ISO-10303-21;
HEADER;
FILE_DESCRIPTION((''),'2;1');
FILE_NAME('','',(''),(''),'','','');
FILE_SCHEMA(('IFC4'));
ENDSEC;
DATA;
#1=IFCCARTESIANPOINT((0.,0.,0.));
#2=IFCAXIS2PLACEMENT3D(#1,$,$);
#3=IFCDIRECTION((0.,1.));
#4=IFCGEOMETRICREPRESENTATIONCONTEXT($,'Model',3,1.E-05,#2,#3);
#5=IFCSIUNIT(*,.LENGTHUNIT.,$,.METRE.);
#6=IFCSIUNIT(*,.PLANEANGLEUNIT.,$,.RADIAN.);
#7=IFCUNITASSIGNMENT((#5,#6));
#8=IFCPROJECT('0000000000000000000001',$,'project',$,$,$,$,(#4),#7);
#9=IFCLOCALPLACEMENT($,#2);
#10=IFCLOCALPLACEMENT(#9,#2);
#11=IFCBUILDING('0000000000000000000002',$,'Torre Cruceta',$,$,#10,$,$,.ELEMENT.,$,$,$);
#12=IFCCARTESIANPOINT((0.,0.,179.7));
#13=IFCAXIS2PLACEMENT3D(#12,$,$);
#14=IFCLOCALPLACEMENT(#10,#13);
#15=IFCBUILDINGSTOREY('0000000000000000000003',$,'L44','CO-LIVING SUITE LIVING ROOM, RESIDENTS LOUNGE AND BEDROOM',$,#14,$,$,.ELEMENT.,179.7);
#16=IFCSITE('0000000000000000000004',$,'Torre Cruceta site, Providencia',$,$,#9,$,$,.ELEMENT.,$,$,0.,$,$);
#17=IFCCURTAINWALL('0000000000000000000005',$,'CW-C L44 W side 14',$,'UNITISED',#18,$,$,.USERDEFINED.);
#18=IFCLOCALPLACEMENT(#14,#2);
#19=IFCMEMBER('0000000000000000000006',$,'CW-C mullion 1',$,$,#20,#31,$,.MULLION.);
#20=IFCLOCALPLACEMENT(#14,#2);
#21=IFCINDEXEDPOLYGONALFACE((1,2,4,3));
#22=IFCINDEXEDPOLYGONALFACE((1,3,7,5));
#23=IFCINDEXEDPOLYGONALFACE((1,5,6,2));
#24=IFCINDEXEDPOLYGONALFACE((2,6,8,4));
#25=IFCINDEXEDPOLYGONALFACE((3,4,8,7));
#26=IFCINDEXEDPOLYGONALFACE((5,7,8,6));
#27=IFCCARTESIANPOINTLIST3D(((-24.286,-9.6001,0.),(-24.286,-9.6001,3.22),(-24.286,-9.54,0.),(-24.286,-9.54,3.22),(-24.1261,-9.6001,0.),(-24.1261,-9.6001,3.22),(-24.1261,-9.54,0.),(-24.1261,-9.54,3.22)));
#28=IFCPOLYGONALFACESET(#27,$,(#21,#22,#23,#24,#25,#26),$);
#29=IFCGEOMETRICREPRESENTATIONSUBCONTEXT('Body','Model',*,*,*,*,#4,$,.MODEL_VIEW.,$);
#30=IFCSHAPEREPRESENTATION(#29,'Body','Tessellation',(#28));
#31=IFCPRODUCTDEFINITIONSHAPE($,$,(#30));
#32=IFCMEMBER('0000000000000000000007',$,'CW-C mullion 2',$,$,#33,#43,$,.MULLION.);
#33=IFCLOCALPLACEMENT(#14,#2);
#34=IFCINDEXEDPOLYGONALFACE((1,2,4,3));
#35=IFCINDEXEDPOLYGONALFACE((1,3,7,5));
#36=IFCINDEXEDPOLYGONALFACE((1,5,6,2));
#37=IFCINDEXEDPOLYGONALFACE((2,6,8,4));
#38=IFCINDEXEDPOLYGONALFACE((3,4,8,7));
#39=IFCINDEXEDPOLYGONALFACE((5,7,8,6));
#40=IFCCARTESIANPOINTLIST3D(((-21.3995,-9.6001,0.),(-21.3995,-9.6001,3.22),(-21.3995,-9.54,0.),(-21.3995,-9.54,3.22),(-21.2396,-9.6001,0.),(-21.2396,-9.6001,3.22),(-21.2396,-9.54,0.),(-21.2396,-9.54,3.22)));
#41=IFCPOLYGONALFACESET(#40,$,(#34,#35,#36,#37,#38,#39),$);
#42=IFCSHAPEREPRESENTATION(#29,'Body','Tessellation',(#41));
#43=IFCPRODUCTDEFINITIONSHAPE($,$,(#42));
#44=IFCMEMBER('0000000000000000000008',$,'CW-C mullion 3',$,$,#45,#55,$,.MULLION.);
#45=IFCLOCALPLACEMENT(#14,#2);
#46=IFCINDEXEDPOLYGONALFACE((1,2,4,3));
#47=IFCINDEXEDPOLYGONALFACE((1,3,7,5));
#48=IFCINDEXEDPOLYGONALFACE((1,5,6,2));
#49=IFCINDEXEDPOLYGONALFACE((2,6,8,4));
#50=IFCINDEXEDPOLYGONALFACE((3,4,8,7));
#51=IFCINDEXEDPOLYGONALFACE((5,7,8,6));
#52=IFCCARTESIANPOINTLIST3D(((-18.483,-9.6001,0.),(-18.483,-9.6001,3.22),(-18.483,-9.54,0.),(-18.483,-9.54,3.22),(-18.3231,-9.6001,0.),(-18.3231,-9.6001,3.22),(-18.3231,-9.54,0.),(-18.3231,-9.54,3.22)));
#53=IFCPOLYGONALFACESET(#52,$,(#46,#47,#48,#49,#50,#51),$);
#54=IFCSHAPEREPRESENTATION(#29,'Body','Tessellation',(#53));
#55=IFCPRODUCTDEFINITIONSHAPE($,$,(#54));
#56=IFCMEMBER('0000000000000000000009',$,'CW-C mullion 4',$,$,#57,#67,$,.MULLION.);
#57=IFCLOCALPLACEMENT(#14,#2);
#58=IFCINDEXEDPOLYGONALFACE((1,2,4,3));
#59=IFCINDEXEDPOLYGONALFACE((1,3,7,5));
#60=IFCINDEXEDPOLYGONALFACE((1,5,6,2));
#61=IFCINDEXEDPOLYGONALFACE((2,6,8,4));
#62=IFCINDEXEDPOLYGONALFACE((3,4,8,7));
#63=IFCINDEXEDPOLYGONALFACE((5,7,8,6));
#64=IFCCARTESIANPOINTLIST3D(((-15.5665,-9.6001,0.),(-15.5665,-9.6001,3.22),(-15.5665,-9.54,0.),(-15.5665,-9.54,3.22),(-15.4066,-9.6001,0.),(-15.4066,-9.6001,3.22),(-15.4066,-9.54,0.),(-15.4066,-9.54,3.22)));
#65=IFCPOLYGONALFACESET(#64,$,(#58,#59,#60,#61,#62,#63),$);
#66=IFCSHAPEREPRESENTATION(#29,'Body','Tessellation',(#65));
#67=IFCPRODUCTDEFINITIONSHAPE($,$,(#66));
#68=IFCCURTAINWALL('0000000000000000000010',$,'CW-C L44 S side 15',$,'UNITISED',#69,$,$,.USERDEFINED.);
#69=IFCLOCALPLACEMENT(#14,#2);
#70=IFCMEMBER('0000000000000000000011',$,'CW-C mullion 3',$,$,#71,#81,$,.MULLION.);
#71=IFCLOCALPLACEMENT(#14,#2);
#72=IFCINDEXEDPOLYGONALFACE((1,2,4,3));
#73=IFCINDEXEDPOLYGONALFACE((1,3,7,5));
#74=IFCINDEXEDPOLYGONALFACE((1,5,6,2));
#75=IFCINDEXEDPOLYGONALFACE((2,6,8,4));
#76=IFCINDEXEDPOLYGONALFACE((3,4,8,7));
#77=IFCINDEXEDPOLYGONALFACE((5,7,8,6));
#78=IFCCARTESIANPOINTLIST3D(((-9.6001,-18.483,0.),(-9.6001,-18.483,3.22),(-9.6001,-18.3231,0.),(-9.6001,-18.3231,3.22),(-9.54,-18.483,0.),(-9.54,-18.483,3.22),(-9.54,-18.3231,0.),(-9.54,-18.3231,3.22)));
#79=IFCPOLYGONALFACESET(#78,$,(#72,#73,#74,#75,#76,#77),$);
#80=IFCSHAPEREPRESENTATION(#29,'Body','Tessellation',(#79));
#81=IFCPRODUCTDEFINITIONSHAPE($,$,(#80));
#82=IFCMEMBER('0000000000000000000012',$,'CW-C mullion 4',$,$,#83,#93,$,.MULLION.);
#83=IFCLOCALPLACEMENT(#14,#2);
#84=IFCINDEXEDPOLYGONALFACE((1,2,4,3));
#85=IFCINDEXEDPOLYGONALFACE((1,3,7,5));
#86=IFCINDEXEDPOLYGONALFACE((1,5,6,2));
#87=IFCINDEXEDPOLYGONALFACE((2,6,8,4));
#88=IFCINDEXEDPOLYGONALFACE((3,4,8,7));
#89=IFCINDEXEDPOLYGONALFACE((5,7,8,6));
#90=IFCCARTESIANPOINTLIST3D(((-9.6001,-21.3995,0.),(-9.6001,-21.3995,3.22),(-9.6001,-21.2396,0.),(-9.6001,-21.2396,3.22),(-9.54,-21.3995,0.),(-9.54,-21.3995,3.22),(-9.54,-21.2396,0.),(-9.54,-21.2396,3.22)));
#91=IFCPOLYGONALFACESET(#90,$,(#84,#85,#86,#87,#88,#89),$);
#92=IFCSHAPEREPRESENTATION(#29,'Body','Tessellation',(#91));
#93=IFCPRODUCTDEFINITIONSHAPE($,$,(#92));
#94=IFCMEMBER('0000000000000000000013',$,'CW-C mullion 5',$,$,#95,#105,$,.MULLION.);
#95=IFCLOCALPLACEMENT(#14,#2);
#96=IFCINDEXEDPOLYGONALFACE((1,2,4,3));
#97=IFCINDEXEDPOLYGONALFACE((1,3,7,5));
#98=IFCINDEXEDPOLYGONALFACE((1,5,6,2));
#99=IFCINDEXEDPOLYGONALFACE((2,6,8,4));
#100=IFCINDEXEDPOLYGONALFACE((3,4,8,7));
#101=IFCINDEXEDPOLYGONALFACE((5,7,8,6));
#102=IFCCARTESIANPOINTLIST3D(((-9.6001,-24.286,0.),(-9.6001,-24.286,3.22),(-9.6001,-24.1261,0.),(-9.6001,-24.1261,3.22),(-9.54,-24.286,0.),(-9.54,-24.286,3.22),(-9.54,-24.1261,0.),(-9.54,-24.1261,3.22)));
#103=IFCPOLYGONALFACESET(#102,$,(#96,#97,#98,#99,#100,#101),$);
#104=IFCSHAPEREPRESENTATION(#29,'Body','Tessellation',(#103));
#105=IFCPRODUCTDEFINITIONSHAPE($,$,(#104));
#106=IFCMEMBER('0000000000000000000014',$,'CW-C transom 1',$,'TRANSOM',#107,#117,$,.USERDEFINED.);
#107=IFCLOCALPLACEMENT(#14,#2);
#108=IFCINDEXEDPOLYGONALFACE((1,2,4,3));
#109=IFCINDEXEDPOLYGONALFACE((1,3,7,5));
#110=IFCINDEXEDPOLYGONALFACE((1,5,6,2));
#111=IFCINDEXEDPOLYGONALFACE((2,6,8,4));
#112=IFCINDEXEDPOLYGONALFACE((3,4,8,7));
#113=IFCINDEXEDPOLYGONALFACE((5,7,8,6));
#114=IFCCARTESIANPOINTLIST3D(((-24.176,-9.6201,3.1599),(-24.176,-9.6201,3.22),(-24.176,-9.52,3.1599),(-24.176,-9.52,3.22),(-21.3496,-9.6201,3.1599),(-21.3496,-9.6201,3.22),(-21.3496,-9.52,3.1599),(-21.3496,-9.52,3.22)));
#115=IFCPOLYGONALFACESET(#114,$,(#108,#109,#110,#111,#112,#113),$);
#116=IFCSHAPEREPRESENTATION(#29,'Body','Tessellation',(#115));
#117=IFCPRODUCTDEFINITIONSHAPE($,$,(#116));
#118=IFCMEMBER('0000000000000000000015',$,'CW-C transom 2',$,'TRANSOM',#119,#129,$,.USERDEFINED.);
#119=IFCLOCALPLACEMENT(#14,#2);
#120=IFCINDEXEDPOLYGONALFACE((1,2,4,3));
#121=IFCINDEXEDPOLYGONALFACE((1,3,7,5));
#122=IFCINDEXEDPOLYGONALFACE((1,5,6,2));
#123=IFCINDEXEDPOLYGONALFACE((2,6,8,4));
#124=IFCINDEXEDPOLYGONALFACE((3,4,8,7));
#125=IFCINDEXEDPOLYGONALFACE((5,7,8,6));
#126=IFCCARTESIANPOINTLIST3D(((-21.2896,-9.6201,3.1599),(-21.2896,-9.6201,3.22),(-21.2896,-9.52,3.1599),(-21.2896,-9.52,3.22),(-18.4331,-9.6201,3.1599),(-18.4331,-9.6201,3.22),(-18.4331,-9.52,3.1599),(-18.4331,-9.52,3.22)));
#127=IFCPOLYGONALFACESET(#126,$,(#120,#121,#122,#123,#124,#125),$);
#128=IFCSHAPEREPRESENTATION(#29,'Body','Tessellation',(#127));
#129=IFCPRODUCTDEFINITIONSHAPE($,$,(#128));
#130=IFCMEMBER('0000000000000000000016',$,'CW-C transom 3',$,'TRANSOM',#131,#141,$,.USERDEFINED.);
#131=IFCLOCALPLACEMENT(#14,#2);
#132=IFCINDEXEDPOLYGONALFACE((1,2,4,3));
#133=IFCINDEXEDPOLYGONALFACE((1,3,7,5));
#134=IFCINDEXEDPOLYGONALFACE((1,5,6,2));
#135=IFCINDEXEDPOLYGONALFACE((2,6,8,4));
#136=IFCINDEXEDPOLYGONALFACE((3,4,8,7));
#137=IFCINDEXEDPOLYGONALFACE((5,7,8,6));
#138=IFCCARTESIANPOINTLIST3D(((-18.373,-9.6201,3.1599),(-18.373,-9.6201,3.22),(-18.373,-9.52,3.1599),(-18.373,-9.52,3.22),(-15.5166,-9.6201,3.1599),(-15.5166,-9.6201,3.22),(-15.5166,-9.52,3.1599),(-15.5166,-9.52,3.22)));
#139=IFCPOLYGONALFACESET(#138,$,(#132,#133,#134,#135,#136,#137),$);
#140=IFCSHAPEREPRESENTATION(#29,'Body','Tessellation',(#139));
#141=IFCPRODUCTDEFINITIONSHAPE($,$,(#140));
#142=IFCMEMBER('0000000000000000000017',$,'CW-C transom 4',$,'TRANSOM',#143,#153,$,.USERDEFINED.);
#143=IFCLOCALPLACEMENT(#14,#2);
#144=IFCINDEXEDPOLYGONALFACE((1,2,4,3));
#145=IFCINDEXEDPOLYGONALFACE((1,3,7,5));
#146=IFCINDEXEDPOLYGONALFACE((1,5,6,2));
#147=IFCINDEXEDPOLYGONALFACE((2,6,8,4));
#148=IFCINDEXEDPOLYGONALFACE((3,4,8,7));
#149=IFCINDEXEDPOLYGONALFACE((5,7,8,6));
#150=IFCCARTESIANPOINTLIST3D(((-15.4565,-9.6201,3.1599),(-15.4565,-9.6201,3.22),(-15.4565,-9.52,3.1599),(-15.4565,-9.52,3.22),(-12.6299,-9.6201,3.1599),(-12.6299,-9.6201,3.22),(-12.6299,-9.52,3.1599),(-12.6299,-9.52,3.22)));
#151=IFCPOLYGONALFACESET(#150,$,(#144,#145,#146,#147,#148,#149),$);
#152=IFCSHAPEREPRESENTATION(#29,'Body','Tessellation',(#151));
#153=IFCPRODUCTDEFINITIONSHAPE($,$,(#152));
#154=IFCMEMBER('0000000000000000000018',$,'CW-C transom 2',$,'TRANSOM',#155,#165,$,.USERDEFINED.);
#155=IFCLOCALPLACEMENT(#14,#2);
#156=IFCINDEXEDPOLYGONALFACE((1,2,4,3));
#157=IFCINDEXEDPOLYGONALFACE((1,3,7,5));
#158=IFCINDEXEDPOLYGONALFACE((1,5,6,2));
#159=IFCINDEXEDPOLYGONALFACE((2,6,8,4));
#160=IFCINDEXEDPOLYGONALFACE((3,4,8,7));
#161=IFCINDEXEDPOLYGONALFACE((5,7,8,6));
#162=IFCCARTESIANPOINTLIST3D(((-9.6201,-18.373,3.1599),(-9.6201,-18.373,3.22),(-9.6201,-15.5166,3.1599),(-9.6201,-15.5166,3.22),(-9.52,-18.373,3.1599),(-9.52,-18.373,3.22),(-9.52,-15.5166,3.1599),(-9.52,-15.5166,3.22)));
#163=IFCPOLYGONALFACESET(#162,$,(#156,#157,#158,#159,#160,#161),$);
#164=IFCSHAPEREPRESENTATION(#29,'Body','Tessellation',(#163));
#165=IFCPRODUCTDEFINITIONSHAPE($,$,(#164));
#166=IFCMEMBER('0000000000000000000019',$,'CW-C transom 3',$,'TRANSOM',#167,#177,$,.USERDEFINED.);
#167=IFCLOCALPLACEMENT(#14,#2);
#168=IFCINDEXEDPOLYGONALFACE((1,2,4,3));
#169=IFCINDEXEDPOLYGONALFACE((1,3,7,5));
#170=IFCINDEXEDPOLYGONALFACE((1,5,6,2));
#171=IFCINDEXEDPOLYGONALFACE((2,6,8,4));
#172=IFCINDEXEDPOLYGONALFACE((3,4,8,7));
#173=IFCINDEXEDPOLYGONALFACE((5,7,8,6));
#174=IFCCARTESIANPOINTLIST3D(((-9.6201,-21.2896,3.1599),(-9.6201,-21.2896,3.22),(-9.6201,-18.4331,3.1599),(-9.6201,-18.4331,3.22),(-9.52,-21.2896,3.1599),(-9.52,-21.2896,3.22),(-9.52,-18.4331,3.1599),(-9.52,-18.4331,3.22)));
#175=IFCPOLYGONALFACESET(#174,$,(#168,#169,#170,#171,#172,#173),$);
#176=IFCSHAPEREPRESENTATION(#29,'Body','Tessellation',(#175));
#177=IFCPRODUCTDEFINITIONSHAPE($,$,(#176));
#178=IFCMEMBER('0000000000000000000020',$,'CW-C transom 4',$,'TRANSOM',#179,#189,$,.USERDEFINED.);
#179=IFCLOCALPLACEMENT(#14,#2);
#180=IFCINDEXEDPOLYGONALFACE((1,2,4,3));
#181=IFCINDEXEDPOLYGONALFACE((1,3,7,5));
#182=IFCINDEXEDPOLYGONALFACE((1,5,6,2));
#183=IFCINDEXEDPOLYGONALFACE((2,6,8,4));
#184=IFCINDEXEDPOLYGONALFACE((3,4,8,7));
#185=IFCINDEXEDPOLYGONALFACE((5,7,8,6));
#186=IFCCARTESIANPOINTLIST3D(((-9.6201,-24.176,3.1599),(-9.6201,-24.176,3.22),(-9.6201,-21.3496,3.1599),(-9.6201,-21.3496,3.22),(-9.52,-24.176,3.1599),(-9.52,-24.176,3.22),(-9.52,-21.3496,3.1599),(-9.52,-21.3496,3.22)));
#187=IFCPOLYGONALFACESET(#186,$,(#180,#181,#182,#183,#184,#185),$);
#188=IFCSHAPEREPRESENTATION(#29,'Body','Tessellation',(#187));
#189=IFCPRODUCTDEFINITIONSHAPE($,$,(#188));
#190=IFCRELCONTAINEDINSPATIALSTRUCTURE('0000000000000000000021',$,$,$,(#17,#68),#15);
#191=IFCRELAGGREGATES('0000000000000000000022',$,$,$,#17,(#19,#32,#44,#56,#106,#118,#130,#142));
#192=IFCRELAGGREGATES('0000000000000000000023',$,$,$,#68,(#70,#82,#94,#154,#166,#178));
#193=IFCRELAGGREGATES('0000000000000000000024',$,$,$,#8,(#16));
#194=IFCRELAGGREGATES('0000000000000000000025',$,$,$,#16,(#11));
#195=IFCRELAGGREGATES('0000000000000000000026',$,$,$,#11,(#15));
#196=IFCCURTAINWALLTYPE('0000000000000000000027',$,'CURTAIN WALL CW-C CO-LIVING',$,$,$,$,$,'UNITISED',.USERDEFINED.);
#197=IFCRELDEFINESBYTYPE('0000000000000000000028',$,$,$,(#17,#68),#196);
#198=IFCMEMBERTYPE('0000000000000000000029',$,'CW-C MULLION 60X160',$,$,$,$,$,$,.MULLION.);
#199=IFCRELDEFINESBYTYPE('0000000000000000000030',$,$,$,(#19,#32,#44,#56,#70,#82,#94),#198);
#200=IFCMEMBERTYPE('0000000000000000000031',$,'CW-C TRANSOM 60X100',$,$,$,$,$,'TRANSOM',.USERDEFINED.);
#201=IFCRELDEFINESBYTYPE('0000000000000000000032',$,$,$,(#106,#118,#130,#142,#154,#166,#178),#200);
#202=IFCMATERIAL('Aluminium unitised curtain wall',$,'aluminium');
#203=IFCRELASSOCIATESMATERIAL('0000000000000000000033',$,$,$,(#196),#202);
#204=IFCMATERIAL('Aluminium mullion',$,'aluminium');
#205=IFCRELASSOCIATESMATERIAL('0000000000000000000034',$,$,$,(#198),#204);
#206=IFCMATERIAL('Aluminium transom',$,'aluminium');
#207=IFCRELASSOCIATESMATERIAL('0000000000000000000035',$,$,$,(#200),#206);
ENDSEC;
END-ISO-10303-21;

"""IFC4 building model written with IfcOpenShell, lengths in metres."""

from ifc_helpers import new_model, si_unit, direction, frame, origin, origin_2d, place, context, subcontext, project, spatial, rectangle, extrude, material, material_profile, profile_set, type_object, element, aggregate, save


model = new_model("IFC4")

# Units and contexts
model_context = context("Model", 3, precision=1e-05, world=origin(), true_north=direction((0.0, 1.0)))
body_context = subcontext(model_context, "Body", "Model", "MODEL_VIEW")
ifc_project = project(units=[si_unit("LENGTHUNIT", "METRE"), si_unit("PLANEANGLEUNIT", "RADIAN")], contexts=[model_context])

# Site, building, storey
site_placement = place(None, origin())
site = spatial("IfcSite", under=ifc_project, at=site_placement, Name="Torre Cruceta site, Providencia", CompositionType="ELEMENT", RefElevation=0.0)
building_placement = place(site_placement, origin())
building = spatial("IfcBuilding", under=site, at=building_placement, Name="Torre Cruceta", CompositionType="ELEMENT")
storey_placement = place(building_placement, frame((0.0, 0.0, 179.7)))
storey = spatial("IfcBuildingStorey", under=building, at=storey_placement, Name="L44", Description="CO-LIVING SUITE LIVING ROOM, RESIDENTS LOUNGE AND BEDROOM", CompositionType="ELEMENT", Elevation=179.7)

# Curtain walls, members
ifc_material_1 = material(Name="Aluminium unitised curtain wall", Category="aluminium")
curtain_wall_type = type_object("IfcCurtainWallType", Name="CURTAIN WALL CW-C CO-LIVING", ElementType="UNITISED", PredefinedType="USERDEFINED", material=ifc_material_1)
curtain_wall_1_placement = place(storey_placement, origin())
curtain_wall_1 = element("IfcCurtainWall", 1, at=curtain_wall_1_placement, inside=storey, type_object=curtain_wall_type, Name="CW-C L44 W side 14", ObjectType="UNITISED", PredefinedType="USERDEFINED")
ifc_material_2 = material(Name="Aluminium mullion", Category="aluminium")
ifc_material_profile_1 = material_profile(ifc_material_2, rectangle(XDim=0.0601, YDim=0.1599, at=origin_2d()), Name="AL 60X160")
ifc_profile_set_1 = profile_set([ifc_material_profile_1], Name="Aluminium mullion")
member_type_1 = type_object("IfcMemberType", Name="CW-C MULLION 60X160", PredefinedType="MULLION", material=ifc_profile_set_1)
member_1_placement = place(storey_placement, frame((-24.2061, -9.5701, 0.0), z_axis=(0.0, 0.0, 1.0), x_axis=(0.0, 1.0, 0.0)))
member_1 = element("IfcMember", 2, at=member_1_placement, type_object=member_type_1, Name="CW-C mullion 1", PredefinedType="MULLION", context=body_context, shape_type="SweptSolid", body=[
    extrude(rectangle(XDim=0.0601, YDim=0.1599, at=origin_2d()), origin(), (0.0, 0.0, 1.0), 3.22),
])
member_2_placement = place(storey_placement, frame((-21.3196, -9.5701, 0.0), z_axis=(0.0, 0.0, 1.0), x_axis=(0.0, 1.0, 0.0)))
member_2 = element("IfcMember", 3, at=member_2_placement, type_object=member_type_1, Name="CW-C mullion 2", PredefinedType="MULLION", context=body_context, shape_type="SweptSolid", body=[
    extrude(rectangle(XDim=0.0601, YDim=0.1599, at=origin_2d()), origin(), (0.0, 0.0, 1.0), 3.22),
])
member_3_placement = place(storey_placement, frame((-18.4031, -9.5701, 0.0), z_axis=(0.0, 0.0, 1.0), x_axis=(0.0, 1.0, 0.0)))
member_3 = element("IfcMember", 4, at=member_3_placement, type_object=member_type_1, Name="CW-C mullion 3", PredefinedType="MULLION", context=body_context, shape_type="SweptSolid", body=[
    extrude(rectangle(XDim=0.0601, YDim=0.1599, at=origin_2d()), origin(), (0.0, 0.0, 1.0), 3.22),
])
member_4_placement = place(storey_placement, frame((-15.4866, -9.5701, 0.0), z_axis=(0.0, 0.0, 1.0), x_axis=(0.0, 1.0, 0.0)))
member_4 = element("IfcMember", 5, at=member_4_placement, type_object=member_type_1, Name="CW-C mullion 4", PredefinedType="MULLION", context=body_context, shape_type="SweptSolid", body=[
    extrude(rectangle(XDim=0.0601, YDim=0.1599, at=origin_2d()), origin(), (0.0, 0.0, 1.0), 3.22),
])
curtain_wall_2_placement = place(storey_placement, origin())
curtain_wall_2 = element("IfcCurtainWall", 6, at=curtain_wall_2_placement, inside=storey, type_object=curtain_wall_type, Name="CW-C L44 S side 15", ObjectType="UNITISED", PredefinedType="USERDEFINED")
member_5_placement = place(storey_placement, frame((-9.5701, -18.4031, 0.0), z_axis=(0.0, 0.0, 1.0), x_axis=(1.0, 0.0, 0.0)))
member_5 = element("IfcMember", 7, at=member_5_placement, type_object=member_type_1, Name="CW-C mullion 3", PredefinedType="MULLION", context=body_context, shape_type="SweptSolid", body=[
    extrude(rectangle(XDim=0.0601, YDim=0.1599, at=origin_2d()), origin(), (0.0, 0.0, 1.0), 3.22),
])
member_6_placement = place(storey_placement, frame((-9.5701, -21.3196, 0.0), z_axis=(0.0, 0.0, 1.0), x_axis=(1.0, 0.0, 0.0)))
member_6 = element("IfcMember", 8, at=member_6_placement, type_object=member_type_1, Name="CW-C mullion 4", PredefinedType="MULLION", context=body_context, shape_type="SweptSolid", body=[
    extrude(rectangle(XDim=0.0601, YDim=0.1599, at=origin_2d()), origin(), (0.0, 0.0, 1.0), 3.22),
])
member_7_placement = place(storey_placement, frame((-9.5701, -24.2061, 0.0), z_axis=(0.0, 0.0, 1.0), x_axis=(1.0, 0.0, 0.0)))
member_7 = element("IfcMember", 9, at=member_7_placement, type_object=member_type_1, Name="CW-C mullion 5", PredefinedType="MULLION", context=body_context, shape_type="SweptSolid", body=[
    extrude(rectangle(XDim=0.0601, YDim=0.1599, at=origin_2d()), origin(), (0.0, 0.0, 1.0), 3.22),
])

# Members
ifc_material_3 = material(Name="Aluminium transom", Category="aluminium")
ifc_material_profile_2 = material_profile(ifc_material_3, rectangle(XDim=0.1001, YDim=0.0601, at=origin_2d()), Name="AL 100X60")
ifc_profile_set_2 = profile_set([ifc_material_profile_2], Name="Aluminium transom")
member_type_2 = type_object("IfcMemberType", Name="CW-C TRANSOM 60X100", ElementType="TRANSOM", PredefinedType="USERDEFINED", material=ifc_profile_set_2)
member_8_placement = place(storey_placement, frame((-24.176, -9.5701, 3.1899), z_axis=(1.0, 0.0, 0.0), x_axis=(0.0, 1.0, 0.0)))
member_8 = element("IfcMember", 10, at=member_8_placement, type_object=member_type_2, Name="CW-C transom 1", ObjectType="TRANSOM", PredefinedType="USERDEFINED", context=body_context, shape_type="SweptSolid", body=[
    extrude(rectangle(XDim=0.1001, YDim=0.0601, at=origin_2d()), origin(), (0.0, 0.0, 1.0), 2.8264),
])
member_9_placement = place(storey_placement, frame((-21.2896, -9.5701, 3.1899), z_axis=(1.0, 0.0, 0.0), x_axis=(0.0, 1.0, 0.0)))
member_9 = element("IfcMember", 11, at=member_9_placement, type_object=member_type_2, Name="CW-C transom 2", ObjectType="TRANSOM", PredefinedType="USERDEFINED", context=body_context, shape_type="SweptSolid", body=[
    extrude(rectangle(XDim=0.1001, YDim=0.0601, at=origin_2d()), origin(), (0.0, 0.0, 1.0), 2.8564),
])
member_10_placement = place(storey_placement, frame((-18.373, -9.5701, 3.1899), z_axis=(1.0, 0.0, 0.0), x_axis=(0.0, 1.0, 0.0)))
member_10 = element("IfcMember", 12, at=member_10_placement, type_object=member_type_2, Name="CW-C transom 3", ObjectType="TRANSOM", PredefinedType="USERDEFINED", context=body_context, shape_type="SweptSolid", body=[
    extrude(rectangle(XDim=0.1001, YDim=0.0601, at=origin_2d()), origin(), (0.0, 0.0, 1.0), 2.8564),
])
member_11_placement = place(storey_placement, frame((-15.4565, -9.5701, 3.1899), z_axis=(1.0, 0.0, 0.0), x_axis=(0.0, 1.0, 0.0)))
member_11 = element("IfcMember", 13, at=member_11_placement, type_object=member_type_2, Name="CW-C transom 4", ObjectType="TRANSOM", PredefinedType="USERDEFINED", context=body_context, shape_type="SweptSolid", body=[
    extrude(rectangle(XDim=0.1001, YDim=0.0601, at=origin_2d()), origin(), (0.0, 0.0, 1.0), 2.8267),
])
member_12_placement = place(storey_placement, frame((-9.5701, -15.5166, 3.1899), z_axis=(0.0, -1.0, 0.0), x_axis=(1.0, 0.0, 0.0)))
member_12 = element("IfcMember", 14, at=member_12_placement, type_object=member_type_2, Name="CW-C transom 2", ObjectType="TRANSOM", PredefinedType="USERDEFINED", context=body_context, shape_type="SweptSolid", body=[
    extrude(rectangle(XDim=0.1001, YDim=0.0601, at=origin_2d()), origin(), (0.0, 0.0, 1.0), 2.8564),
])
member_13_placement = place(storey_placement, frame((-9.5701, -18.4331, 3.1899), z_axis=(0.0, -1.0, 0.0), x_axis=(1.0, 0.0, 0.0)))
member_13 = element("IfcMember", 15, at=member_13_placement, type_object=member_type_2, Name="CW-C transom 3", ObjectType="TRANSOM", PredefinedType="USERDEFINED", context=body_context, shape_type="SweptSolid", body=[
    extrude(rectangle(XDim=0.1001, YDim=0.0601, at=origin_2d()), origin(), (0.0, 0.0, 1.0), 2.8564),
])
member_14_placement = place(storey_placement, frame((-9.5701, -21.3496, 3.1899), z_axis=(0.0, -1.0, 0.0), x_axis=(1.0, 0.0, 0.0)))
member_14 = element("IfcMember", 16, at=member_14_placement, type_object=member_type_2, Name="CW-C transom 4", ObjectType="TRANSOM", PredefinedType="USERDEFINED", context=body_context, shape_type="SweptSolid", body=[
    extrude(rectangle(XDim=0.1001, YDim=0.0601, at=origin_2d()), origin(), (0.0, 0.0, 1.0), 2.8264),
])

aggregate(curtain_wall_1, [member_1, member_2, member_3, member_4, member_8, member_9, member_10, member_11])
aggregate(curtain_wall_2, [member_5, member_6, member_7, member_12, member_13, member_14])

save(model, "model.ifc")
